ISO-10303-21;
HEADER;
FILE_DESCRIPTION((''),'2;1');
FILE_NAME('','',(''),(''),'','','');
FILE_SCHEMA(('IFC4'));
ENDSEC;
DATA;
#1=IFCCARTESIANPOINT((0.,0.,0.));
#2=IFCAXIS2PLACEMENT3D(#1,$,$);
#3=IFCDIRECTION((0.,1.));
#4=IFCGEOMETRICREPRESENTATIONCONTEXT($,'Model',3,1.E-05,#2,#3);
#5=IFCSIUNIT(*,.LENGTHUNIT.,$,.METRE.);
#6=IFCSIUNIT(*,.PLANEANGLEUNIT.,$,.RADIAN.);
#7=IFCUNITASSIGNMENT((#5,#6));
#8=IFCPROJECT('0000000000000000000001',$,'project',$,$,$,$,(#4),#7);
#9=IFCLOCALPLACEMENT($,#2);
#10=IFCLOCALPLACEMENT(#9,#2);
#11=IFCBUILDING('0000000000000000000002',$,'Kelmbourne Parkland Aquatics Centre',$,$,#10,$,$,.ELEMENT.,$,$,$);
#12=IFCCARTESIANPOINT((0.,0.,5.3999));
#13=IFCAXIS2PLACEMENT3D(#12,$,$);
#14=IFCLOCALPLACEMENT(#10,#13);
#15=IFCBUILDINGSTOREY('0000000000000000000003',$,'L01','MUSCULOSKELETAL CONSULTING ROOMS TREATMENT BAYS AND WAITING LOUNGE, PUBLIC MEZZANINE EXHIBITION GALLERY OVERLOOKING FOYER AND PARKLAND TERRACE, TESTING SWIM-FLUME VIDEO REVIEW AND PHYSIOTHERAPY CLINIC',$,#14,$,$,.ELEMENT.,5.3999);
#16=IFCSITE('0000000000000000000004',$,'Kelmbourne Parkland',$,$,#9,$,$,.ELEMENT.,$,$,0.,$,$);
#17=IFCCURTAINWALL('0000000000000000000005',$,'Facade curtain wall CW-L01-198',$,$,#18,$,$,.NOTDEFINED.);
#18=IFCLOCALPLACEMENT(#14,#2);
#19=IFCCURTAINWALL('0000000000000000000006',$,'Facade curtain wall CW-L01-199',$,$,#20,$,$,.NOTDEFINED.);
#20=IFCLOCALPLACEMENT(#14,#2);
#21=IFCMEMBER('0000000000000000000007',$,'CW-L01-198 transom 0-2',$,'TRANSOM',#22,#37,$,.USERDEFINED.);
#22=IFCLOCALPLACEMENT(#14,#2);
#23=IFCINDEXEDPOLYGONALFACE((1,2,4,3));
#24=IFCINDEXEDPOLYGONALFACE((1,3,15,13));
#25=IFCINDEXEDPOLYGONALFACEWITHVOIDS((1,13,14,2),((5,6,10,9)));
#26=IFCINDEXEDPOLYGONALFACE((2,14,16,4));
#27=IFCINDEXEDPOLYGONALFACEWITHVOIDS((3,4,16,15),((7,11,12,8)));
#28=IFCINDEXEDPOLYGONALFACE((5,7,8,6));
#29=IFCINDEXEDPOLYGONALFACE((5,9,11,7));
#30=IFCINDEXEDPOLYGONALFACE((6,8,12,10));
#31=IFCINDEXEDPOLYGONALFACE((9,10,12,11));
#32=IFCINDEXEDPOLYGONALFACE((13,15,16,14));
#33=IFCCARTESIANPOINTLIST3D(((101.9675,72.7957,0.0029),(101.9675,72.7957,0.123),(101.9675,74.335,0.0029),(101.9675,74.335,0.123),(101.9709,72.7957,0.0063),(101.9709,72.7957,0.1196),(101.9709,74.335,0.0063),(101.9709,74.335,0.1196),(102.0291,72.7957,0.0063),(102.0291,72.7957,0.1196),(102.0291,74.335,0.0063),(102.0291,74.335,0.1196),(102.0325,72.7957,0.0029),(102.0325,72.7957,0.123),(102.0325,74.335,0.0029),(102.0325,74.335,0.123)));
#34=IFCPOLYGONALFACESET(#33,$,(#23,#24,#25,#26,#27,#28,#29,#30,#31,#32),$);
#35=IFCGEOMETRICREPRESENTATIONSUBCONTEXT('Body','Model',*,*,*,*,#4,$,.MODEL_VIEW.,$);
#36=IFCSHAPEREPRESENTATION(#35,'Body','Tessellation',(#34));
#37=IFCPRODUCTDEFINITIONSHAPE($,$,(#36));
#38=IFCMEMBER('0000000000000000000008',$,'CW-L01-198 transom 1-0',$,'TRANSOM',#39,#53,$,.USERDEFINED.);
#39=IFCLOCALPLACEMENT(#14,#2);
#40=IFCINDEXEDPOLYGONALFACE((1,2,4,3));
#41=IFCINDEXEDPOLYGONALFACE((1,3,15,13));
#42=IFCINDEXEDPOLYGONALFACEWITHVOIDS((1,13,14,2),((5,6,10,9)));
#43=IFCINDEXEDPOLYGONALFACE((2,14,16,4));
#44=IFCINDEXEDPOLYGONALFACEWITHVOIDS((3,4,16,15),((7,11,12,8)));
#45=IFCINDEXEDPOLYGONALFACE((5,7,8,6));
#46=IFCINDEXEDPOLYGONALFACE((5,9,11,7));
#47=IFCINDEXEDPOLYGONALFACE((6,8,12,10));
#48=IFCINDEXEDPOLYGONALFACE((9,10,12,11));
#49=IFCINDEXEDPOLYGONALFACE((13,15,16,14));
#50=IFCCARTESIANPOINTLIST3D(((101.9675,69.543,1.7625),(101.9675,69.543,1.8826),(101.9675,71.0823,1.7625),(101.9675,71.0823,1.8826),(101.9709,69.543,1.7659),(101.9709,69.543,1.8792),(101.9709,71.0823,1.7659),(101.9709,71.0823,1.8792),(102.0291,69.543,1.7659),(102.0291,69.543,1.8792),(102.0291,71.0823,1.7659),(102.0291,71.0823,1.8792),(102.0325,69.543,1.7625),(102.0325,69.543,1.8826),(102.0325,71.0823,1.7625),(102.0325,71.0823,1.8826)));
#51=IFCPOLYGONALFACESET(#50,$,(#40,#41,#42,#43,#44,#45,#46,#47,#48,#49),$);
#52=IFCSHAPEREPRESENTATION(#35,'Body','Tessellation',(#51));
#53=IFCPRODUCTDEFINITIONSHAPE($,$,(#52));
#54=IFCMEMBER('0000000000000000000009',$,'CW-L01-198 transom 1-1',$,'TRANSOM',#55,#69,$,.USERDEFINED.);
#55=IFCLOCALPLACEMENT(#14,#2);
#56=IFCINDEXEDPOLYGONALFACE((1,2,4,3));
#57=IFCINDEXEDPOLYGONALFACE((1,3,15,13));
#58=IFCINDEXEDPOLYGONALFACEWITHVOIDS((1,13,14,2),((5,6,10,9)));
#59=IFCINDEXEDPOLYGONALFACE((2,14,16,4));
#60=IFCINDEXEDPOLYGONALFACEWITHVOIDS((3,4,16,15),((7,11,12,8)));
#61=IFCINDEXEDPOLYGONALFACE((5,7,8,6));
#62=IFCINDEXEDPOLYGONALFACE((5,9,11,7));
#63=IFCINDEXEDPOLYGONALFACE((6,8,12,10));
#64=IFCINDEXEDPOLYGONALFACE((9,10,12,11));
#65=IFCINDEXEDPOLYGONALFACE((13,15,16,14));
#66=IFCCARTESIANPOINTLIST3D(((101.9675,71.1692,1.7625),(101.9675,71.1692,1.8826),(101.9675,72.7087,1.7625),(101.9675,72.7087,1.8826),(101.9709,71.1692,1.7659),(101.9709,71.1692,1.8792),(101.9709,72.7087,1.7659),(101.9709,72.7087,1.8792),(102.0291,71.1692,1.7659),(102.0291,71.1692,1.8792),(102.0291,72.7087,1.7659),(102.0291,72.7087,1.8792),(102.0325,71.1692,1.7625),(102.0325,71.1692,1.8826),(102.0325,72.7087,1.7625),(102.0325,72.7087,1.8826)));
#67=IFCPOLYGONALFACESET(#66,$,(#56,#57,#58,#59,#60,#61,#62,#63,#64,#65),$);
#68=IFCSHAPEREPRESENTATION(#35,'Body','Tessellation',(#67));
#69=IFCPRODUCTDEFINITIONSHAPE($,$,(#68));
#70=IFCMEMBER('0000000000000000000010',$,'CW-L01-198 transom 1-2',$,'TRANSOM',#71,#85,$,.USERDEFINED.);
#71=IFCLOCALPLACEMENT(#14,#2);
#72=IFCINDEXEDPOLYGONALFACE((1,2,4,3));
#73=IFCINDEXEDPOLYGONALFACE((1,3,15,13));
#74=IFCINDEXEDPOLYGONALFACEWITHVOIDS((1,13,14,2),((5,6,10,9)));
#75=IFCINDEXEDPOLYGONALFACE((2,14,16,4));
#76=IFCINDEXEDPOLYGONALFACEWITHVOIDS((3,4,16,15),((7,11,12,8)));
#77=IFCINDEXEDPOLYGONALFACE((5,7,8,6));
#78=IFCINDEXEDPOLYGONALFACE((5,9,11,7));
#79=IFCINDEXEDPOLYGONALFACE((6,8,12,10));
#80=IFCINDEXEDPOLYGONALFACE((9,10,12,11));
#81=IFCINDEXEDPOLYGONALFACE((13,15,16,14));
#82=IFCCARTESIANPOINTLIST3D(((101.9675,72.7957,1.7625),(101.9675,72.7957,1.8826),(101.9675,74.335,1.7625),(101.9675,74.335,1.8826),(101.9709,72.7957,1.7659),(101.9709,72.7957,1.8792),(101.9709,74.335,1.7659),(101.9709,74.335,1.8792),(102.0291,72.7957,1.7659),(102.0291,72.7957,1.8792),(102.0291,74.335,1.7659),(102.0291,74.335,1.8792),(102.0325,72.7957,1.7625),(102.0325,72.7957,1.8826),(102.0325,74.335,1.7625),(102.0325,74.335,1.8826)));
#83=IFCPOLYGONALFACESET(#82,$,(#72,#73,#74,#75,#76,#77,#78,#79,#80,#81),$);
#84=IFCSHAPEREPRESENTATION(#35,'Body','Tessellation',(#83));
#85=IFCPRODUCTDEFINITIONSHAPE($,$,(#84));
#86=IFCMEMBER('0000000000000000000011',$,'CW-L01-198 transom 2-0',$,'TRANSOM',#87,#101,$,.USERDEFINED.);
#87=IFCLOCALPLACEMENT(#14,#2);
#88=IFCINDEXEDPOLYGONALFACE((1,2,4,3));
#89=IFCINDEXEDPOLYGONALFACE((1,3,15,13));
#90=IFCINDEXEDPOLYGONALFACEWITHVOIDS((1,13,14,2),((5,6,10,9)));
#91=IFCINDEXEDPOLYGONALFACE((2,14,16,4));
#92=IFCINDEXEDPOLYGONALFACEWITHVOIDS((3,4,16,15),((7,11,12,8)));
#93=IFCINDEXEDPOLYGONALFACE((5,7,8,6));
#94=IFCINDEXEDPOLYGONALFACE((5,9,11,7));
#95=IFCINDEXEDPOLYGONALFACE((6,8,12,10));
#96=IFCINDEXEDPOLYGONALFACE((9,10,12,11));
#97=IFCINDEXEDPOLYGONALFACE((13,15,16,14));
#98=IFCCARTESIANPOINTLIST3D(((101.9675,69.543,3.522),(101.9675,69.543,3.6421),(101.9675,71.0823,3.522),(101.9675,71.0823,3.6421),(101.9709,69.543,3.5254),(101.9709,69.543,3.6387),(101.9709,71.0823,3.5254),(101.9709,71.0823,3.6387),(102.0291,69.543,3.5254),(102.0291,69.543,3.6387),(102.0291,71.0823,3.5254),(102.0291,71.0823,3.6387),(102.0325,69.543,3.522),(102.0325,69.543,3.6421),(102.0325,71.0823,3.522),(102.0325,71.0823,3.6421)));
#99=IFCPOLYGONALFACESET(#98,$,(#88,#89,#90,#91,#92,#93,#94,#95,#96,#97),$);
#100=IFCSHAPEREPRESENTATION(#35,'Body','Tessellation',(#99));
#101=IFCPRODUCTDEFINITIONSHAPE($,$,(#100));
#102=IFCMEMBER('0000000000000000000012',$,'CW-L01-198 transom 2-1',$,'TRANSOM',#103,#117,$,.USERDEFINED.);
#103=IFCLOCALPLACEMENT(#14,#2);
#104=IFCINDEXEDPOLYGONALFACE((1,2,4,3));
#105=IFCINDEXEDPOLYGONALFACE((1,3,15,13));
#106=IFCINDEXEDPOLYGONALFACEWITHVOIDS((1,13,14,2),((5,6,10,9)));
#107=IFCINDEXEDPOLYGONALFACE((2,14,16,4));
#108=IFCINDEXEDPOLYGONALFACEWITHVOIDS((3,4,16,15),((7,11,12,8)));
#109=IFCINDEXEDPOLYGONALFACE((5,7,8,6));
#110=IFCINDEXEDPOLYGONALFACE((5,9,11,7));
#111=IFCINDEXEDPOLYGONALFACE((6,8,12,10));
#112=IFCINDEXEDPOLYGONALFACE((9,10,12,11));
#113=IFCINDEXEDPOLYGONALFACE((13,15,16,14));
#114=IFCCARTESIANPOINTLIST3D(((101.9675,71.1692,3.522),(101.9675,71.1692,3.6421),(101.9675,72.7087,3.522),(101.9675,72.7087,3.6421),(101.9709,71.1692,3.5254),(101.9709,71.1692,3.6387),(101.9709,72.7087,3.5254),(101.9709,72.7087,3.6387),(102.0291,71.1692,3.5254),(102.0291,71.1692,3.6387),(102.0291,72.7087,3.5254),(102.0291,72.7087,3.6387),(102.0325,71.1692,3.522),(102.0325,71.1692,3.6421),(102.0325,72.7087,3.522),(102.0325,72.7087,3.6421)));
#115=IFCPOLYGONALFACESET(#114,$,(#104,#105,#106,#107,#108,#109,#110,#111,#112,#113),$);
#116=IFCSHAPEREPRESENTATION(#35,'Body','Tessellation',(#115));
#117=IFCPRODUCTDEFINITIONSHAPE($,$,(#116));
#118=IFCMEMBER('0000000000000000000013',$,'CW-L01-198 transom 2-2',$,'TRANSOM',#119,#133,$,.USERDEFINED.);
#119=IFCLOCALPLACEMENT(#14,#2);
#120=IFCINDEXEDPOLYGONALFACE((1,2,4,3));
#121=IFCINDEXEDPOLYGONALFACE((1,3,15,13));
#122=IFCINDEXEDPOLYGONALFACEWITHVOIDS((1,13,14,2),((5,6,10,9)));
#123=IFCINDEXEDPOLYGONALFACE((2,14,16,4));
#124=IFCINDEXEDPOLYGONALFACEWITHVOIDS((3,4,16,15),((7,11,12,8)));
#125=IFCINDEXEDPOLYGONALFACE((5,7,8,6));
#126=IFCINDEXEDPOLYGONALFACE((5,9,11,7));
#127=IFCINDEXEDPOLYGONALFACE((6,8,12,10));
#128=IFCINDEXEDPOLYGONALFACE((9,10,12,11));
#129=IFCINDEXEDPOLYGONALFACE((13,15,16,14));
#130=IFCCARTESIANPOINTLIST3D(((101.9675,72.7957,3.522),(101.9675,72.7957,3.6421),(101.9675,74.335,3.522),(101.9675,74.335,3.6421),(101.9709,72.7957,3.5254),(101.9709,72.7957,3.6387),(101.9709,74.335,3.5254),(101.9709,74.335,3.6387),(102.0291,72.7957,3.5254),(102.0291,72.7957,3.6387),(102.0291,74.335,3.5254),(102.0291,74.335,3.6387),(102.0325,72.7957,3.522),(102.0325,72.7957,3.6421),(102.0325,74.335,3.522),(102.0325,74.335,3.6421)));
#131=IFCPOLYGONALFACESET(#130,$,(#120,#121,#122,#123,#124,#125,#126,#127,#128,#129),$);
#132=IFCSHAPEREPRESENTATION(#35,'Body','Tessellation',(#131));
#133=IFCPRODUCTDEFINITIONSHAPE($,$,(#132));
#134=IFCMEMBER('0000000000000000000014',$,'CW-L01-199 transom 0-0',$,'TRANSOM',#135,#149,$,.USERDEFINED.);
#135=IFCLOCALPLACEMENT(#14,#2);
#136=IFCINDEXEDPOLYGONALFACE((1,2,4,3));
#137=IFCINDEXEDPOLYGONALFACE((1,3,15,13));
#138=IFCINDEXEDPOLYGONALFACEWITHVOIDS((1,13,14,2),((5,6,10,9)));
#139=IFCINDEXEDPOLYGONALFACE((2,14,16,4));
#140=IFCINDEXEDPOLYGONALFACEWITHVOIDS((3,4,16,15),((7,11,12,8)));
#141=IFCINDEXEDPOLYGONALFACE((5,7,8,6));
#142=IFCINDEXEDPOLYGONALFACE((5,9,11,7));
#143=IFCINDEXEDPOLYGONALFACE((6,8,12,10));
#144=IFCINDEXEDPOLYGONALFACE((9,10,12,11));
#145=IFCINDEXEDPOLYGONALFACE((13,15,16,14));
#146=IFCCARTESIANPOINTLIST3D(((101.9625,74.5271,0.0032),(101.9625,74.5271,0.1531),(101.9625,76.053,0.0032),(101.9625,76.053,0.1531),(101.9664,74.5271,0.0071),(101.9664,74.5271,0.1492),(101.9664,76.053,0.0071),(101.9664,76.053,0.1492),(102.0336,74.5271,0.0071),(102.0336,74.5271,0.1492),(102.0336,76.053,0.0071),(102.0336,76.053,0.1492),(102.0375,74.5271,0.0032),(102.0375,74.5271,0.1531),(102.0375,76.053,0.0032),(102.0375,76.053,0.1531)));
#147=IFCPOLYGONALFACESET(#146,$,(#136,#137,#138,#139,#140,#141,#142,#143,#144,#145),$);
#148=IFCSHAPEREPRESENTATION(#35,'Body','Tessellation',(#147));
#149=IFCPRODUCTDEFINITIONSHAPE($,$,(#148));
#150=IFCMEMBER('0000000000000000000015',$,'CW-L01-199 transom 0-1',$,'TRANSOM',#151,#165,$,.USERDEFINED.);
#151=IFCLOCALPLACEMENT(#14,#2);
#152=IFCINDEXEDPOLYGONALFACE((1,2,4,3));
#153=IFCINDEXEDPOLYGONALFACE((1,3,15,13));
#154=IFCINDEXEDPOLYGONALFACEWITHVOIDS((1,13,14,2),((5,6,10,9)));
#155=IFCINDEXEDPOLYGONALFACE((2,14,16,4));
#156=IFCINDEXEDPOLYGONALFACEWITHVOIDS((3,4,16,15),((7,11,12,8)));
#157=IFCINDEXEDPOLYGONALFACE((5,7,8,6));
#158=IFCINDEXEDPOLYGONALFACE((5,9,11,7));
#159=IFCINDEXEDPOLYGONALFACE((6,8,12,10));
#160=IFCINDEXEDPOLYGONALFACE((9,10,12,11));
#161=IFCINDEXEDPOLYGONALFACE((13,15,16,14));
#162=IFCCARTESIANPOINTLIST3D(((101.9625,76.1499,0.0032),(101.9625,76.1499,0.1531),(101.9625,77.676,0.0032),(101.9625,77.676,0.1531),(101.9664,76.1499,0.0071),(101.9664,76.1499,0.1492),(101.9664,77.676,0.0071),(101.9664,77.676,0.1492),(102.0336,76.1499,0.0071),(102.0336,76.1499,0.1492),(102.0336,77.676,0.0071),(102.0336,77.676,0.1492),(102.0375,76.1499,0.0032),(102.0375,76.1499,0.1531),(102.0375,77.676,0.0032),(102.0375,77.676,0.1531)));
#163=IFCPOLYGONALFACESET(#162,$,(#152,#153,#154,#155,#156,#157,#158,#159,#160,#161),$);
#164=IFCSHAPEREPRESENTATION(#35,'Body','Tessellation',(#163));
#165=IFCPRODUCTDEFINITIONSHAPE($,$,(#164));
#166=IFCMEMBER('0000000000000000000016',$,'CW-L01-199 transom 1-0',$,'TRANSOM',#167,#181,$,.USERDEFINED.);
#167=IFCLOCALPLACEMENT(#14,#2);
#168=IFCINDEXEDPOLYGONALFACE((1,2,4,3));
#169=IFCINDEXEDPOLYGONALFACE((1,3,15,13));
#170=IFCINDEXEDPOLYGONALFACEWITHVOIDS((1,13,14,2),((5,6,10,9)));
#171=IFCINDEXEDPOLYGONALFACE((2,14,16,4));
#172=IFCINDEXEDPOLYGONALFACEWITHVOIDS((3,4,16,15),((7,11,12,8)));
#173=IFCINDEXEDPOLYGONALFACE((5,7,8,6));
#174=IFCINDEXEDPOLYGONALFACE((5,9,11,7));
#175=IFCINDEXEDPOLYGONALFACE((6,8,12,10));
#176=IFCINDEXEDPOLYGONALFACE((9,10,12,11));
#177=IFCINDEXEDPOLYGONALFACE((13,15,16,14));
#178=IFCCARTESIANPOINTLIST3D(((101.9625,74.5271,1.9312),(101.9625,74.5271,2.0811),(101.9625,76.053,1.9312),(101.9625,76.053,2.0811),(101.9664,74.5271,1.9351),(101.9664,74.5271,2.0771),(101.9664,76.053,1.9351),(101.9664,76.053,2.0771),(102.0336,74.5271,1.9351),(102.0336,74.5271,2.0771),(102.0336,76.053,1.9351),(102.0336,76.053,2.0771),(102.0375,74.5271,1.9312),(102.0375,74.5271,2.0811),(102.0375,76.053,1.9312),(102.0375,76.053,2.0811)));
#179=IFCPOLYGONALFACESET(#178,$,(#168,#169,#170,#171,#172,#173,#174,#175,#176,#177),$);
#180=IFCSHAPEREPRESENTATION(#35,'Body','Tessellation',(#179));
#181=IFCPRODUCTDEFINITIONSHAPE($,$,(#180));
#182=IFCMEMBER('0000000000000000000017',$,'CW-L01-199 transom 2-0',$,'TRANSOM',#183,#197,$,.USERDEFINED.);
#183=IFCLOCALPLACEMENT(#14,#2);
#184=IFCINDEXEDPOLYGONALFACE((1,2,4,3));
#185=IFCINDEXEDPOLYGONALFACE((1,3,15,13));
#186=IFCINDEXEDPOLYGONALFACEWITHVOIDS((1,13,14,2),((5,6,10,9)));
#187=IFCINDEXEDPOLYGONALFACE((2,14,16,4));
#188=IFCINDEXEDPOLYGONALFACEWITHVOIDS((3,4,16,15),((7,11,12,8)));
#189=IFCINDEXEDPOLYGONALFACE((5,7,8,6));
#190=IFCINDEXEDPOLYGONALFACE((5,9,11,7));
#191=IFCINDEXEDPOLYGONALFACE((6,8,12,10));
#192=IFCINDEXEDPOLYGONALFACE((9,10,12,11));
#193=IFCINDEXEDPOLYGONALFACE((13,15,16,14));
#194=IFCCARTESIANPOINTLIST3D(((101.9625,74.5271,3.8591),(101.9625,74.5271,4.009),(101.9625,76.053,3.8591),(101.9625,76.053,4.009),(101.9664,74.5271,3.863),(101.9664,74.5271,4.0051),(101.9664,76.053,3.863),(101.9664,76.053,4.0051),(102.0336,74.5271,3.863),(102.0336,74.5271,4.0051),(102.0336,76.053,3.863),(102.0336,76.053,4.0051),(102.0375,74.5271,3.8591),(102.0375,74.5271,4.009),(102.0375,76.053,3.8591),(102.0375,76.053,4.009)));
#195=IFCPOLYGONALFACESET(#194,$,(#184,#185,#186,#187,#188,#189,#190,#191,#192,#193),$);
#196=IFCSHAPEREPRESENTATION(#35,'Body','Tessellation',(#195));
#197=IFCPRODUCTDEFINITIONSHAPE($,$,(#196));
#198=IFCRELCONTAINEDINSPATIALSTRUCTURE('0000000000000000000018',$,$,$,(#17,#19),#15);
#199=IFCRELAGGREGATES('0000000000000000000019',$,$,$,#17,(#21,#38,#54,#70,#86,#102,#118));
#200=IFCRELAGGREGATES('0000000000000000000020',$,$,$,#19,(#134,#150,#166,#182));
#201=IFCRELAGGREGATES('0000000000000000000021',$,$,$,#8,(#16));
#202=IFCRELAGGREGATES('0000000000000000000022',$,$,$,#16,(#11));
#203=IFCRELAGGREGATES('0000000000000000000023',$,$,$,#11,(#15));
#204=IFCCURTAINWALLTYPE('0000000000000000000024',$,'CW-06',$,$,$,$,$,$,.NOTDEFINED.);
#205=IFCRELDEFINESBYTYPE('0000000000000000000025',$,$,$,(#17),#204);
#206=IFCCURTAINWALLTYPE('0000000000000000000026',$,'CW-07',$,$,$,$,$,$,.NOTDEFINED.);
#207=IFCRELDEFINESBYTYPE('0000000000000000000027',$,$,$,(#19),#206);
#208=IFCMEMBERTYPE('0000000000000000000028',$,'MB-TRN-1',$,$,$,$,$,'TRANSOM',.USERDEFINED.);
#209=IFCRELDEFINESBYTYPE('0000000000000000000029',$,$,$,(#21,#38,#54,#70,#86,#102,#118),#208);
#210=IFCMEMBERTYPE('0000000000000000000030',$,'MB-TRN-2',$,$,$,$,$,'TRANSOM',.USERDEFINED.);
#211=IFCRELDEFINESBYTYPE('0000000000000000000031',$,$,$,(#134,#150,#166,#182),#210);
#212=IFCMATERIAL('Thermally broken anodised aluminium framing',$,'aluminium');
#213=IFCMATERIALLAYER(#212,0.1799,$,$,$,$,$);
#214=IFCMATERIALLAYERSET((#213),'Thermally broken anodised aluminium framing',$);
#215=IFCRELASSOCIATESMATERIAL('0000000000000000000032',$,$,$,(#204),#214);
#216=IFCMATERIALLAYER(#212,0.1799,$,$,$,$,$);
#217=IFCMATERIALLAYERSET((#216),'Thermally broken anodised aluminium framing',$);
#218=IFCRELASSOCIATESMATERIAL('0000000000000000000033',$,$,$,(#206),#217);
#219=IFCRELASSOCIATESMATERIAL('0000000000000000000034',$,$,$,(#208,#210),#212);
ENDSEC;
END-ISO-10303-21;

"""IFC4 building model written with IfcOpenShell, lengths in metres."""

from ifc_helpers import new_model, si_unit, direction, frame, origin, origin_2d, place, context, subcontext, project, spatial, hollow_rectangle, extrude, material, layer, layer_set, material_profile, profile_set, type_object, element, aggregate, save


model = new_model("IFC4")

# Units and contexts
model_context = context("Model", 3, precision=1e-05, world=origin(), true_north=direction((0.0, 1.0)))
body_context = subcontext(model_context, "Body", "Model", "MODEL_VIEW")
ifc_project = project(units=[si_unit("LENGTHUNIT", "METRE"), si_unit("PLANEANGLEUNIT", "RADIAN")], contexts=[model_context])

# Site, building, storey
site_placement = place(None, origin())
site = spatial("IfcSite", under=ifc_project, at=site_placement, Name="Kelmbourne Parkland", CompositionType="ELEMENT", RefElevation=0.0)
building_placement = place(site_placement, origin())
building = spatial("IfcBuilding", under=site, at=building_placement, Name="Kelmbourne Parkland Aquatics Centre", CompositionType="ELEMENT")
storey_placement = place(building_placement, frame((0.0, 0.0, 5.3999)))
storey = spatial("IfcBuildingStorey", under=building, at=storey_placement, Name="L01", Description="MUSCULOSKELETAL CONSULTING ROOMS TREATMENT BAYS AND WAITING LOUNGE, PUBLIC MEZZANINE EXHIBITION GALLERY OVERLOOKING FOYER AND PARKLAND TERRACE, TESTING SWIM-FLUME VIDEO REVIEW AND PHYSIOTHERAPY CLINIC", CompositionType="ELEMENT", Elevation=5.3999)

# Curtain walls
ifc_material_1 = material(Name="Thermally broken anodised aluminium framing", Category="aluminium")
ifc_layer_1 = layer(ifc_material_1, 0.1799)
ifc_layer_set_1 = layer_set([ifc_layer_1], Name="Thermally broken anodised aluminium framing")
curtain_wall_type_1 = type_object("IfcCurtainWallType", Name="CW-06", PredefinedType="NOTDEFINED", material=ifc_layer_set_1)
curtain_wall_1_placement = place(storey_placement, origin())
curtain_wall_1 = element("IfcCurtainWall", 1, at=curtain_wall_1_placement, inside=storey, type_object=curtain_wall_type_1, Name="Facade curtain wall CW-L01-198", PredefinedType="NOTDEFINED")
ifc_layer_2 = layer(ifc_material_1, 0.1799)
ifc_layer_set_2 = layer_set([ifc_layer_2], Name="Thermally broken anodised aluminium framing")
curtain_wall_type_2 = type_object("IfcCurtainWallType", Name="CW-07", PredefinedType="NOTDEFINED", material=ifc_layer_set_2)
curtain_wall_2_placement = place(storey_placement, origin())
curtain_wall_2 = element("IfcCurtainWall", 2, at=curtain_wall_2_placement, inside=storey, type_object=curtain_wall_type_2, Name="Facade curtain wall CW-L01-199", PredefinedType="NOTDEFINED")

# Members
ifc_material_profile_1 = material_profile(ifc_material_1, hollow_rectangle(XDim=0.0649, YDim=0.1201, WallThickness=0.0034, at=origin_2d()), Name="CW-T 65x120")
ifc_profile_set_1 = profile_set([ifc_material_profile_1], Name="Thermally broken anodised aluminium framing")
member_type_1 = type_object("IfcMemberType", Name="MB-TRN-1", ElementType="TRANSOM", PredefinedType="USERDEFINED", material=ifc_profile_set_1)
member_1_placement = place(storey_placement, frame((102.0, 72.7957, 0.063), z_axis=(0.0, 1.0, 0.0), x_axis=(-1.0, 0.0, 0.0)))
member_1 = element("IfcMember", 3, at=member_1_placement, type_object=member_type_1, Name="CW-L01-198 transom 0-2", ObjectType="TRANSOM", PredefinedType="USERDEFINED", context=body_context, shape_type="SweptSolid", body=[
    extrude(hollow_rectangle(XDim=0.0649, YDim=0.1201, WallThickness=0.0034, at=origin_2d()), origin(), (0.0, 0.0, 1.0), 1.5393),
])
member_2_placement = place(storey_placement, frame((102.0, 69.543, 1.8225), z_axis=(0.0, 1.0, 0.0), x_axis=(-1.0, 0.0, 0.0)))
member_2 = element("IfcMember", 4, at=member_2_placement, type_object=member_type_1, Name="CW-L01-198 transom 1-0", ObjectType="TRANSOM", PredefinedType="USERDEFINED", context=body_context, shape_type="SweptSolid", body=[
    extrude(hollow_rectangle(XDim=0.0649, YDim=0.1201, WallThickness=0.0034, at=origin_2d()), origin(), (0.0, 0.0, 1.0), 1.5393),
])
member_3_placement = place(storey_placement, frame((102.0, 71.1692, 1.8225), z_axis=(0.0, 1.0, 0.0), x_axis=(-1.0, 0.0, 0.0)))
member_3 = element("IfcMember", 5, at=member_3_placement, type_object=member_type_1, Name="CW-L01-198 transom 1-1", ObjectType="TRANSOM", PredefinedType="USERDEFINED", context=body_context, shape_type="SweptSolid", body=[
    extrude(hollow_rectangle(XDim=0.0649, YDim=0.1201, WallThickness=0.0034, at=origin_2d()), origin(), (0.0, 0.0, 1.0), 1.5396),
])
member_4_placement = place(storey_placement, frame((102.0, 72.7957, 1.8225), z_axis=(0.0, 1.0, 0.0), x_axis=(-1.0, 0.0, 0.0)))
member_4 = element("IfcMember", 6, at=member_4_placement, type_object=member_type_1, Name="CW-L01-198 transom 1-2", ObjectType="TRANSOM", PredefinedType="USERDEFINED", context=body_context, shape_type="SweptSolid", body=[
    extrude(hollow_rectangle(XDim=0.0649, YDim=0.1201, WallThickness=0.0034, at=origin_2d()), origin(), (0.0, 0.0, 1.0), 1.5393),
])
member_5_placement = place(storey_placement, frame((102.0, 69.543, 3.582), z_axis=(0.0, 1.0, 0.0), x_axis=(-1.0, 0.0, 0.0)))
member_5 = element("IfcMember", 7, at=member_5_placement, type_object=member_type_1, Name="CW-L01-198 transom 2-0", ObjectType="TRANSOM", PredefinedType="USERDEFINED", context=body_context, shape_type="SweptSolid", body=[
    extrude(hollow_rectangle(XDim=0.0649, YDim=0.1201, WallThickness=0.0034, at=origin_2d()), origin(), (0.0, 0.0, 1.0), 1.5393),
])
member_6_placement = place(storey_placement, frame((102.0, 71.1692, 3.582), z_axis=(0.0, 1.0, 0.0), x_axis=(-1.0, 0.0, 0.0)))
member_6 = element("IfcMember", 8, at=member_6_placement, type_object=member_type_1, Name="CW-L01-198 transom 2-1", ObjectType="TRANSOM", PredefinedType="USERDEFINED", context=body_context, shape_type="SweptSolid", body=[
    extrude(hollow_rectangle(XDim=0.0649, YDim=0.1201, WallThickness=0.0034, at=origin_2d()), origin(), (0.0, 0.0, 1.0), 1.5396),
])
member_7_placement = place(storey_placement, frame((102.0, 72.7957, 3.582), z_axis=(0.0, 1.0, 0.0), x_axis=(-1.0, 0.0, 0.0)))
member_7 = element("IfcMember", 9, at=member_7_placement, type_object=member_type_1, Name="CW-L01-198 transom 2-2", ObjectType="TRANSOM", PredefinedType="USERDEFINED", context=body_context, shape_type="SweptSolid", body=[
    extrude(hollow_rectangle(XDim=0.0649, YDim=0.1201, WallThickness=0.0034, at=origin_2d()), origin(), (0.0, 0.0, 1.0), 1.5393),
])
ifc_material_profile_2 = material_profile(ifc_material_1, hollow_rectangle(XDim=0.075, YDim=0.1499, WallThickness=0.0039, at=origin_2d()), Name="CW-T 75x150")
ifc_profile_set_2 = profile_set([ifc_material_profile_2], Name="Thermally broken anodised aluminium framing")
member_type_2 = type_object("IfcMemberType", Name="MB-TRN-2", ElementType="TRANSOM", PredefinedType="USERDEFINED", material=ifc_profile_set_2)
member_8_placement = place(storey_placement, frame((102.0, 74.5271, 0.0781), z_axis=(0.0, 1.0, 0.0), x_axis=(-1.0, 0.0, 0.0)))
member_8 = element("IfcMember", 10, at=member_8_placement, type_object=member_type_2, Name="CW-L01-199 transom 0-0", ObjectType="TRANSOM", PredefinedType="USERDEFINED", context=body_context, shape_type="SweptSolid", body=[
    extrude(hollow_rectangle(XDim=0.075, YDim=0.1499, WallThickness=0.0039, at=origin_2d()), origin(), (0.0, 0.0, 1.0), 1.5259),
])
member_9_placement = place(storey_placement, frame((102.0, 76.1499, 0.0781), z_axis=(0.0, 1.0, 0.0), x_axis=(-1.0, 0.0, 0.0)))
member_9 = element("IfcMember", 11, at=member_9_placement, type_object=member_type_2, Name="CW-L01-199 transom 0-1", ObjectType="TRANSOM", PredefinedType="USERDEFINED", context=body_context, shape_type="SweptSolid", body=[
    extrude(hollow_rectangle(XDim=0.075, YDim=0.1499, WallThickness=0.0039, at=origin_2d()), origin(), (0.0, 0.0, 1.0), 1.5261),
])
member_10_placement = place(storey_placement, frame((102.0, 74.5271, 2.0061), z_axis=(0.0, 1.0, 0.0), x_axis=(-1.0, 0.0, 0.0)))
member_10 = element("IfcMember", 12, at=member_10_placement, type_object=member_type_2, Name="CW-L01-199 transom 1-0", ObjectType="TRANSOM", PredefinedType="USERDEFINED", context=body_context, shape_type="SweptSolid", body=[
    extrude(hollow_rectangle(XDim=0.075, YDim=0.1499, WallThickness=0.0039, at=origin_2d()), origin(), (0.0, 0.0, 1.0), 1.5259),
])
member_11_placement = place(storey_placement, frame((102.0, 74.5271, 3.9341), z_axis=(0.0, 1.0, 0.0), x_axis=(-1.0, 0.0, 0.0)))
member_11 = element("IfcMember", 13, at=member_11_placement, type_object=member_type_2, Name="CW-L01-199 transom 2-0", ObjectType="TRANSOM", PredefinedType="USERDEFINED", context=body_context, shape_type="SweptSolid", body=[
    extrude(hollow_rectangle(XDim=0.075, YDim=0.1499, WallThickness=0.0039, at=origin_2d()), origin(), (0.0, 0.0, 1.0), 1.5259),
])

aggregate(curtain_wall_1, [member_1, member_2, member_3, member_4, member_5, member_6, member_7])
aggregate(curtain_wall_2, [member_8, member_9, member_10, member_11])

save(model, "model.ifc")
